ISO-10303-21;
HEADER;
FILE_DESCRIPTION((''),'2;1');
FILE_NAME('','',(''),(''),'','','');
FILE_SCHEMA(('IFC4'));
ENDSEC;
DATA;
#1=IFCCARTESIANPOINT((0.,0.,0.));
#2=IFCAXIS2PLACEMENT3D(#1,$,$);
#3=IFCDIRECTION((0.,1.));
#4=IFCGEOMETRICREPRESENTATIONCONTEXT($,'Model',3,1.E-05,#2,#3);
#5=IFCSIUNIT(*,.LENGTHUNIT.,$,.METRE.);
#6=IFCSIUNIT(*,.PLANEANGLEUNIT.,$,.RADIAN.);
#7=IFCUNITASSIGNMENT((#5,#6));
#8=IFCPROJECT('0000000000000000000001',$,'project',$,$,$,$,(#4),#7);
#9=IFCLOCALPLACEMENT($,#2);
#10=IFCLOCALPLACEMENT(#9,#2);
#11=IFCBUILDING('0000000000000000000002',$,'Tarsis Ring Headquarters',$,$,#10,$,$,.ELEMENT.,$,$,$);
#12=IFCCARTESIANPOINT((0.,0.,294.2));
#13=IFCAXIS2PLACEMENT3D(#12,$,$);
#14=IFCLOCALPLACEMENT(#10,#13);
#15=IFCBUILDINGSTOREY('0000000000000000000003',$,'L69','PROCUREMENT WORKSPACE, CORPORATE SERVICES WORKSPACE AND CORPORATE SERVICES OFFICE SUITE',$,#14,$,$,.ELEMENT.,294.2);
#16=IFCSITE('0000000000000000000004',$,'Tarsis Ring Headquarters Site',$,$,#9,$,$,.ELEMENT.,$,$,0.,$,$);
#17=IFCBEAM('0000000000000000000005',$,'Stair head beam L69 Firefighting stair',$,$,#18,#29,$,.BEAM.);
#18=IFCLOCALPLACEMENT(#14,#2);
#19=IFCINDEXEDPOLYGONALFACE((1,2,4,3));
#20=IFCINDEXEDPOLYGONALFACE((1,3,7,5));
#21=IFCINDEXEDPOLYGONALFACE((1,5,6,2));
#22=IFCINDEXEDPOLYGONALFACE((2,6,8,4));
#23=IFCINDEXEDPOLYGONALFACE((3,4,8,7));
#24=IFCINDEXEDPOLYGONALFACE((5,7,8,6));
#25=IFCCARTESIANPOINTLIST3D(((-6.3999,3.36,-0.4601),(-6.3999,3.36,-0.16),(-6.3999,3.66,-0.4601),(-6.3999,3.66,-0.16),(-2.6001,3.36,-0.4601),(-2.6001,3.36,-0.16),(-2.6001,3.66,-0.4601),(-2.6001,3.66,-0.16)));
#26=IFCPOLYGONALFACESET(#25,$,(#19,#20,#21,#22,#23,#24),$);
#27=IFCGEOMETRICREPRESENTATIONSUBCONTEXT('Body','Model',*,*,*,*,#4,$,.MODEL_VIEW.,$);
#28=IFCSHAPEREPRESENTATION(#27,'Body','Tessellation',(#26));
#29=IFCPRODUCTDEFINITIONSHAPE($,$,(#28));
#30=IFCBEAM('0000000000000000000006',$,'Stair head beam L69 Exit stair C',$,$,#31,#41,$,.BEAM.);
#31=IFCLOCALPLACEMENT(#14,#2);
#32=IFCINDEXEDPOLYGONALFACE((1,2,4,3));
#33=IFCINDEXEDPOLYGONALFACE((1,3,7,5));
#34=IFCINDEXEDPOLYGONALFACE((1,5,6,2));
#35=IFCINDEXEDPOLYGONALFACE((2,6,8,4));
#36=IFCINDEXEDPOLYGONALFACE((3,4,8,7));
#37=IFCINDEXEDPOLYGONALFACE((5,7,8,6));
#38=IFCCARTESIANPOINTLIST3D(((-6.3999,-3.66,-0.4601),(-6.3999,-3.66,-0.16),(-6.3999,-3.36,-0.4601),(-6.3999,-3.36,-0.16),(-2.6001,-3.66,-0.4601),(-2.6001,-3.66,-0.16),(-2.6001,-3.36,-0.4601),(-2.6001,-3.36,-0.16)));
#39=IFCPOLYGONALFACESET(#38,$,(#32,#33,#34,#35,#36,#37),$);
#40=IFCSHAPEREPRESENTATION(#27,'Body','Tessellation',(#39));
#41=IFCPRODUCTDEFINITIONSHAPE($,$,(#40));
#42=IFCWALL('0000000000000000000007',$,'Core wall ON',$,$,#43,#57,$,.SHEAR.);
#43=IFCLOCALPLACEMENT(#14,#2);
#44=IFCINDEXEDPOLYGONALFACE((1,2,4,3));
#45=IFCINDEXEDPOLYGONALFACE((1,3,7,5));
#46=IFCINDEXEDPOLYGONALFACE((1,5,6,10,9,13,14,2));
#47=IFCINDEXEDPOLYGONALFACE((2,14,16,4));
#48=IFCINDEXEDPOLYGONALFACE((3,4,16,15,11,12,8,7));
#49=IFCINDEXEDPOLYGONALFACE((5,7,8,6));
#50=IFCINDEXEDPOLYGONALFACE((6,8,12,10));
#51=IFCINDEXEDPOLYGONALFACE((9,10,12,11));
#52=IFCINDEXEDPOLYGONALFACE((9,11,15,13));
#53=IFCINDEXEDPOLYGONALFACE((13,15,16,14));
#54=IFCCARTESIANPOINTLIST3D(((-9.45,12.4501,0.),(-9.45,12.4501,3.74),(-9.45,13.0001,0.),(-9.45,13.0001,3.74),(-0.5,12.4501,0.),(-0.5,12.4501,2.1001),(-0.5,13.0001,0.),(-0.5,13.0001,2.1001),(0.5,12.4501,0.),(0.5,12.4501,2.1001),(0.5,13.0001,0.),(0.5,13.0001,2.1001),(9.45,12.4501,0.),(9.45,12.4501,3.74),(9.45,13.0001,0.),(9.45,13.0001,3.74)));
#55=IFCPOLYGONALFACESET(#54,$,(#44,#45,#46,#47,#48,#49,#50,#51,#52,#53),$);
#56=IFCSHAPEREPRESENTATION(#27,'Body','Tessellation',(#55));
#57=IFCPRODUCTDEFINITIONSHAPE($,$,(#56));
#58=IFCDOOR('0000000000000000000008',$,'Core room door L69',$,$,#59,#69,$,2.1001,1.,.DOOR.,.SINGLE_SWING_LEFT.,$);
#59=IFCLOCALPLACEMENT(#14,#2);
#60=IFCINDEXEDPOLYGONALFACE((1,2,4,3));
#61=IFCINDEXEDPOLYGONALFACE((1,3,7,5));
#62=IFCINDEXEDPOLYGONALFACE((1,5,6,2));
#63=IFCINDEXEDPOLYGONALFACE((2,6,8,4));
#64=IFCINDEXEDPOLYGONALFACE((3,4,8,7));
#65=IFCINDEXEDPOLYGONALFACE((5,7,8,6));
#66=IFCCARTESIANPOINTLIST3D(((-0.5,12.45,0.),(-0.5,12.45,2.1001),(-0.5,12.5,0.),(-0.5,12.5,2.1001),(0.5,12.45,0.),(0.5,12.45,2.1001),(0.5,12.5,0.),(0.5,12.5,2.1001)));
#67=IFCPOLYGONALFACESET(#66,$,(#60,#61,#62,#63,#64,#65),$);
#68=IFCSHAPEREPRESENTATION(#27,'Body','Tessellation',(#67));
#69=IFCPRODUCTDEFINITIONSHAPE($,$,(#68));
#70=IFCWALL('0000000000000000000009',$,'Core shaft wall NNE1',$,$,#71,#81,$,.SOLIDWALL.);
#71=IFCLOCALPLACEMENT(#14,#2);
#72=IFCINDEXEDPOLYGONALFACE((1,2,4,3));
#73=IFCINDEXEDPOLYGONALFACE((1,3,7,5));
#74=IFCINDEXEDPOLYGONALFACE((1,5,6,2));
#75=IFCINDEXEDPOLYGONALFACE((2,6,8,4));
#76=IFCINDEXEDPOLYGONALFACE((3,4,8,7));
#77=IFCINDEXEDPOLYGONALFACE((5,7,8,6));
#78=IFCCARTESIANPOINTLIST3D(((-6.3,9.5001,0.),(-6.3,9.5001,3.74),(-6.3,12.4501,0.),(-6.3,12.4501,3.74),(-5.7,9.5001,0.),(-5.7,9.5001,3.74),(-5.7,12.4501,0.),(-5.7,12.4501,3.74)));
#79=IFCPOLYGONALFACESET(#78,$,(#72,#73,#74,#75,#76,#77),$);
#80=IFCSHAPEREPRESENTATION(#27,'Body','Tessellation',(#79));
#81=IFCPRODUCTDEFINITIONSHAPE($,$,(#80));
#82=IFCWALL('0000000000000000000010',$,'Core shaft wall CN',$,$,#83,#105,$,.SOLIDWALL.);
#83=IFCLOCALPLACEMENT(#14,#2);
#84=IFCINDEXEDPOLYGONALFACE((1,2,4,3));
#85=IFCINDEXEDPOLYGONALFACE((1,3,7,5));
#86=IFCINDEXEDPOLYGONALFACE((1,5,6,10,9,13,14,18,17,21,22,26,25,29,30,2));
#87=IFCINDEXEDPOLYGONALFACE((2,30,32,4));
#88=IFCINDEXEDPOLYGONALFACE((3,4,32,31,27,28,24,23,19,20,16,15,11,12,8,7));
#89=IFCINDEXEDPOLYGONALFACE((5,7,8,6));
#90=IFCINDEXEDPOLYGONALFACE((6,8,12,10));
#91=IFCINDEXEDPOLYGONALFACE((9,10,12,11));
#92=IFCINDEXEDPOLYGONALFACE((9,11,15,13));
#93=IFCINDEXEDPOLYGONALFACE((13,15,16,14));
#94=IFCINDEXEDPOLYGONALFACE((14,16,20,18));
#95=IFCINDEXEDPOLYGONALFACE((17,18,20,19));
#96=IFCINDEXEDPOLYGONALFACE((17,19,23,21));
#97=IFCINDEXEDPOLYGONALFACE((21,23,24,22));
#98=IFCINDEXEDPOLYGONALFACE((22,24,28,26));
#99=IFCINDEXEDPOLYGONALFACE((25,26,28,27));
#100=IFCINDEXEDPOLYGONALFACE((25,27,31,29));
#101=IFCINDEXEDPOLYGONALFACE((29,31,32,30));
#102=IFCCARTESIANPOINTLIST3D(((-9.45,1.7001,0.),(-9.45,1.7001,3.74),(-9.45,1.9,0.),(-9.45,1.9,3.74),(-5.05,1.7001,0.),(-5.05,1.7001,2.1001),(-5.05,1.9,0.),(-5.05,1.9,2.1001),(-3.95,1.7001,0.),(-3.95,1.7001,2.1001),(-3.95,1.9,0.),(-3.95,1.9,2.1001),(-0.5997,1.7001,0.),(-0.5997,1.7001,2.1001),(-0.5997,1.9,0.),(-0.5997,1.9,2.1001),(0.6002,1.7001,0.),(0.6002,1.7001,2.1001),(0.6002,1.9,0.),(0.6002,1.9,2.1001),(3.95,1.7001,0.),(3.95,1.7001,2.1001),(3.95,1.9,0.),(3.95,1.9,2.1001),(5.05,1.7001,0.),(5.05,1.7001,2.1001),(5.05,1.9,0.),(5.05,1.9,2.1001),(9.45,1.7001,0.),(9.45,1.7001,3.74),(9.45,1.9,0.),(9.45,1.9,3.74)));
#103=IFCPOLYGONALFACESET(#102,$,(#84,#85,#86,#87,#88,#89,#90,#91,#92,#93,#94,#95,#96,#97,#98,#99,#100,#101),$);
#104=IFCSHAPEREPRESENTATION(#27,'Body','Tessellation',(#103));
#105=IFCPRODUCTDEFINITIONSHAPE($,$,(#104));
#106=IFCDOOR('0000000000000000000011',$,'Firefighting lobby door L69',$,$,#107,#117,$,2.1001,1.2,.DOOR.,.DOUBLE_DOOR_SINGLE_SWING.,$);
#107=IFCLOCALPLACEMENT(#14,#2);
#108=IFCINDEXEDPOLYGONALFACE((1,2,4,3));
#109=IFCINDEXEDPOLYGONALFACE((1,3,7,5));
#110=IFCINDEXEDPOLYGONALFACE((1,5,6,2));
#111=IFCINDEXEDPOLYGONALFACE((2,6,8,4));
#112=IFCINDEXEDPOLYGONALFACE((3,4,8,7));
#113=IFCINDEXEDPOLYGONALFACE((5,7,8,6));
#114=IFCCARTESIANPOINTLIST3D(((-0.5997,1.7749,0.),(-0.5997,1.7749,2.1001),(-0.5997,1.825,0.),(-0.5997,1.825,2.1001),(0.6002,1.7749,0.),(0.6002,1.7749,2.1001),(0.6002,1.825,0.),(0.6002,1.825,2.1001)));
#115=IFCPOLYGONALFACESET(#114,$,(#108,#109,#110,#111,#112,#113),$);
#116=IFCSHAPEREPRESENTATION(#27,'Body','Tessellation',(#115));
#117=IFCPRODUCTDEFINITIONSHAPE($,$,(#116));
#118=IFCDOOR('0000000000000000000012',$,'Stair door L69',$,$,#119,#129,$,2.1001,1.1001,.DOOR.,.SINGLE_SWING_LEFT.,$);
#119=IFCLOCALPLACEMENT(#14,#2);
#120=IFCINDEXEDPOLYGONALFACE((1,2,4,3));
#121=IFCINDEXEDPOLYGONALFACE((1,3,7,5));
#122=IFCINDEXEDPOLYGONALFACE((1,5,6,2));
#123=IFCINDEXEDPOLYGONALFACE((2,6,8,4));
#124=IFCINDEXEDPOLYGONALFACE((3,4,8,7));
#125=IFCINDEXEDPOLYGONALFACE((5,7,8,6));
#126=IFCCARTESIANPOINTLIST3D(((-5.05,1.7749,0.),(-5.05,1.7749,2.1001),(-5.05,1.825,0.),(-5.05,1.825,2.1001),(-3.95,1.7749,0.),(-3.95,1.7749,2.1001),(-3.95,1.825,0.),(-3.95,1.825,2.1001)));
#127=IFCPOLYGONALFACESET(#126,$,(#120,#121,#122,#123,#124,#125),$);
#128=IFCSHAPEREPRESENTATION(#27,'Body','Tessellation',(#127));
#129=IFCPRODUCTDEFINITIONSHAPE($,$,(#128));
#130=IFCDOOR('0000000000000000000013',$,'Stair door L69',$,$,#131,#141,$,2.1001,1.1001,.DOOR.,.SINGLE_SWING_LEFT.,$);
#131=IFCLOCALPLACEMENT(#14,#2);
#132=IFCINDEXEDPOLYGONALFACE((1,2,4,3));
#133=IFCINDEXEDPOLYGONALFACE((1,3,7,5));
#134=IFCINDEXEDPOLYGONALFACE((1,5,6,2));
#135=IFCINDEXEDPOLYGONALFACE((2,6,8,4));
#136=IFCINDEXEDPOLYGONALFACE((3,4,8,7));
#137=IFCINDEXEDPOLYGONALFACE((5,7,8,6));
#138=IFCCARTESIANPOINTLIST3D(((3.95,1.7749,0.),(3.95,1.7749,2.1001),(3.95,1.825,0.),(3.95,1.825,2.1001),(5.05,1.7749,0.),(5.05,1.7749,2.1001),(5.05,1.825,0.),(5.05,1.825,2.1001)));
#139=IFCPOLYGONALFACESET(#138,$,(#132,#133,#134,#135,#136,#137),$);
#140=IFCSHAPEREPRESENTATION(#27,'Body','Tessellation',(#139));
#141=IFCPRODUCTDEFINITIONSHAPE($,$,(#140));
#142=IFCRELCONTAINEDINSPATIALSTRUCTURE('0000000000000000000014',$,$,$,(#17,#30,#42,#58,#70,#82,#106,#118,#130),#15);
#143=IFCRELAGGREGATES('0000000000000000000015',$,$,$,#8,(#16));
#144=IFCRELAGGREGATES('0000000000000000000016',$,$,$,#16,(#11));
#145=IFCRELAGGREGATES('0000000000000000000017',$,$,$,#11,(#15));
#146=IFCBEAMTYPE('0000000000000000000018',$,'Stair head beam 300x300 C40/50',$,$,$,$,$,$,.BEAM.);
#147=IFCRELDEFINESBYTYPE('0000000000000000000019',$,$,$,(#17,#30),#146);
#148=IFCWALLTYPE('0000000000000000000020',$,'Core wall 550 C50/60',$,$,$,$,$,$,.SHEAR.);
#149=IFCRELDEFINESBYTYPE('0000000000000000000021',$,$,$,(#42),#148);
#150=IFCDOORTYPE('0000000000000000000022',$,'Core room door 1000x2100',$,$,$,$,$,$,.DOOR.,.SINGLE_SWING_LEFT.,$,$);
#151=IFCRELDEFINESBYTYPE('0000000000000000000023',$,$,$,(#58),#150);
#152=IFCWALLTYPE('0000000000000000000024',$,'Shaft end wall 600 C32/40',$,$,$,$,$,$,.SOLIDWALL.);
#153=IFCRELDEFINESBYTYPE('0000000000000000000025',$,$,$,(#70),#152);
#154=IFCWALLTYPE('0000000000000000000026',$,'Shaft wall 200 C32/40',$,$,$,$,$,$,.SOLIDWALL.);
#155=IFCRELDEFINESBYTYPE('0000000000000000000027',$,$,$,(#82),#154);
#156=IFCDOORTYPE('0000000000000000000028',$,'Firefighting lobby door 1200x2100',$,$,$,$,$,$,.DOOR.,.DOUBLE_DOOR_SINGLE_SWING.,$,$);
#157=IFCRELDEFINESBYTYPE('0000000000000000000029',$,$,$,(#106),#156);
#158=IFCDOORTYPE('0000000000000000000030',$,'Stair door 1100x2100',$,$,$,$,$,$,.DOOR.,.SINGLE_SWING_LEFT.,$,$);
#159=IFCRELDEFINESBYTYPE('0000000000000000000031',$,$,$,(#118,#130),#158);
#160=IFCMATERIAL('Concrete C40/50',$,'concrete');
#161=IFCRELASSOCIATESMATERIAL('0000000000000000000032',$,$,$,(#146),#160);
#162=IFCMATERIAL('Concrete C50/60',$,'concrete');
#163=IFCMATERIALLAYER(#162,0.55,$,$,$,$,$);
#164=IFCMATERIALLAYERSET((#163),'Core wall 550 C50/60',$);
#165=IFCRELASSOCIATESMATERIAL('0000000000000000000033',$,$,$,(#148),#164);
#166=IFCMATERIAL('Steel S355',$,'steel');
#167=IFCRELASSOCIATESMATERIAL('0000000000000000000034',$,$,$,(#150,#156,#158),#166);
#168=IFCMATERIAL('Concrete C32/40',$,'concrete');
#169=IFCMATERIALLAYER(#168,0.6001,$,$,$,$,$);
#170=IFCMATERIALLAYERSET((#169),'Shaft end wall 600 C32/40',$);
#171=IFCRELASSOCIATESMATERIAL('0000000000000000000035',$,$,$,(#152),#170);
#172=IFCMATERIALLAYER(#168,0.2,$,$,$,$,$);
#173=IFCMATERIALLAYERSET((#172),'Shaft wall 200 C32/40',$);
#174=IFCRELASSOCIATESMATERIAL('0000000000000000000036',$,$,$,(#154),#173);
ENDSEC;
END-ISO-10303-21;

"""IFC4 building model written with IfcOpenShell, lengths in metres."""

from ifc_helpers import new_model, si_unit, direction, frame, frame_2d, origin, origin_2d, place, context, subcontext, project, spatial, rectangle, extrude, material, layer, layer_set, material_profile, profile_set, type_object, element, fill, save


model = new_model("IFC4")

# Units and contexts
model_context = context("Model", 3, precision=1e-05, world=origin(), true_north=direction((0.0, 1.0)))
body_context = subcontext(model_context, "Body", "Model", "MODEL_VIEW")
ifc_project = project(units=[si_unit("LENGTHUNIT", "METRE"), si_unit("PLANEANGLEUNIT", "RADIAN")], contexts=[model_context])

# Site, building, storey
site_placement = place(None, origin())
site = spatial("IfcSite", under=ifc_project, at=site_placement, Name="Tarsis Ring Headquarters Site", CompositionType="ELEMENT", RefElevation=0.0)
building_placement = place(site_placement, origin())
building = spatial("IfcBuilding", under=site, at=building_placement, Name="Tarsis Ring Headquarters", CompositionType="ELEMENT")
storey_placement = place(building_placement, frame((0.0, 0.0, 294.2)))
storey = spatial("IfcBuildingStorey", under=building, at=storey_placement, Name="L69", Description="PROCUREMENT WORKSPACE, CORPORATE SERVICES WORKSPACE AND CORPORATE SERVICES OFFICE SUITE", CompositionType="ELEMENT", Elevation=294.2)

# Beams
ifc_material_1 = material(Name="Concrete C40/50", Category="concrete")
ifc_material_profile = material_profile(ifc_material_1, rectangle(XDim=0.3, YDim=0.3, at=origin_2d()), Name="Stair head beam 300x300 C40/50")
ifc_profile_set = profile_set([ifc_material_profile], Name="Concrete C40/50")
beam_type = type_object("IfcBeamType", Name="Stair head beam 300x300 C40/50", PredefinedType="BEAM", material=ifc_profile_set)
for number, where, z_axis, x_axis, name in (
    (1, (-6.3999, 3.51, -0.3101), (1.0, 0.0, 0.0), (0.0, 1.0, 0.0), "Stair head beam L69 Firefighting stair"),
    (2, (-6.3999, -3.51, -0.3101), (1.0, 0.0, 0.0), (0.0, 1.0, 0.0), "Stair head beam L69 Exit stair C"),
):
    element("IfcBeam", number, at=place(storey_placement, frame(where, z_axis=z_axis, x_axis=x_axis)), inside=storey, type_object=beam_type, Name=name, PredefinedType="BEAM", context=body_context, shape_type="SweptSolid", body=[
        extrude(rectangle(XDim=0.3, YDim=0.3, at=origin_2d()), origin(), (0.0, 0.0, 1.0), 3.7998),
    ])

# Wall, opening, door
ifc_material_2 = material(Name="Concrete C50/60", Category="concrete")
ifc_layer_1 = layer(ifc_material_2, 0.55)
ifc_layer_set_1 = layer_set([ifc_layer_1], Name="Core wall 550 C50/60")
wall_type_1 = type_object("IfcWallType", Name="Core wall 550 C50/60", PredefinedType="SHEAR", material=ifc_layer_set_1)
wall_1_placement = place(storey_placement, frame((-9.45, 12.7251, 0.0), z_axis=(0.0, 0.0, 1.0), x_axis=(1.0, 0.0, 0.0)))
wall_1 = element("IfcWall", 3, at=wall_1_placement, inside=storey, type_object=wall_type_1, Name="Core wall ON", PredefinedType="SHEAR", context=body_context, shape_type="SweptSolid", body=[
    extrude(rectangle(XDim=18.8999, YDim=0.55, at=frame_2d((9.45, 0.0))), origin(), (0.0, 0.0, 1.0), 3.74),
])
opening_1_placement = place(wall_1_placement, frame((8.95, 0.0, 0.0)))
opening_1 = element("IfcOpeningElement", 4, at=opening_1_placement, cuts=wall_1, PredefinedType="OPENING", context=body_context, shape_type="SweptSolid", body=[
    extrude(rectangle(XDim=1.0, YDim=2.1001, at=frame_2d((0.5, 1.05))), frame((0.0, 0.2849, 0.0), z_axis=(0.0, -1.0, 0.0), x_axis=(1.0, 0.0, 0.0)), (0.0, 0.0, 1.0), 0.5701),
])
ifc_material_3 = material(Name="Steel S355", Category="steel")
door_type_1 = type_object("IfcDoorType", Name="Core room door 1000x2100", OperationType="SINGLE_SWING_LEFT", PredefinedType="DOOR", material=ifc_material_3)
door_1_placement = place(opening_1_placement, origin())
door_1 = element("IfcDoor", 5, at=door_1_placement, inside=storey, type_object=door_type_1, Name="Core room door L69", OperationType="SINGLE_SWING_LEFT", OverallHeight=2.1001, OverallWidth=1.0, PredefinedType="DOOR", context=body_context, shape_type="SweptSolid", body=[
    extrude(rectangle(XDim=1.0, YDim=2.1001, at=frame_2d((0.5, 1.05))), frame((0.0, -0.2251, 0.0), z_axis=(0.0, -1.0, 0.0), x_axis=(1.0, 0.0, 0.0)), (0.0, 0.0, 1.0), 0.05),
])
fill(opening_1, door_1)

# Wall
ifc_material_4 = material(Name="Concrete C32/40", Category="concrete")
ifc_layer_2 = layer(ifc_material_4, 0.6001)
ifc_layer_set_2 = layer_set([ifc_layer_2], Name="Shaft end wall 600 C32/40")
wall_type_2 = type_object("IfcWallType", Name="Shaft end wall 600 C32/40", PredefinedType="SOLIDWALL", material=ifc_layer_set_2)
wall_2_placement = place(storey_placement, frame((-6.0, 9.5, 0.0), z_axis=(0.0, 0.0, 1.0), x_axis=(0.0, 1.0, 0.0)))
element("IfcWall", 6, at=wall_2_placement, inside=storey, type_object=wall_type_2, Name="Core shaft wall NNE1", PredefinedType="SOLIDWALL", context=body_context, shape_type="SweptSolid", body=[
    extrude(rectangle(XDim=2.95, YDim=0.6001, at=frame_2d((1.4751, 0.0))), origin(), (0.0, 0.0, 1.0), 3.74),
])

# Wall, openings, doors
ifc_layer_3 = layer(ifc_material_4, 0.2)
ifc_layer_set_3 = layer_set([ifc_layer_3], Name="Shaft wall 200 C32/40")
wall_type_3 = type_object("IfcWallType", Name="Shaft wall 200 C32/40", PredefinedType="SOLIDWALL", material=ifc_layer_set_3)
wall_3_placement = place(storey_placement, frame((-9.45, 1.8, 0.0), z_axis=(0.0, 0.0, 1.0), x_axis=(1.0, 0.0, 0.0)))
wall_3 = element("IfcWall", 7, at=wall_3_placement, inside=storey, type_object=wall_type_3, Name="Core shaft wall CN", PredefinedType="SOLIDWALL", context=body_context, shape_type="SweptSolid", body=[
    extrude(rectangle(XDim=18.8999, YDim=0.2, at=frame_2d((9.45, 0.0))), origin(), (0.0, 0.0, 1.0), 3.74),
])
opening_2_placement = place(wall_3_placement, frame((4.3999, 0.0, 0.0)))
opening_2 = element("IfcOpeningElement", 8, at=opening_2_placement, cuts=wall_3, PredefinedType="OPENING", context=body_context, shape_type="SweptSolid", body=[
    extrude(rectangle(XDim=1.1001, YDim=2.1001, at=frame_2d((0.55, 1.05))), frame((0.0, 0.1099, 0.0), z_axis=(0.0, -1.0, 0.0), x_axis=(1.0, 0.0, 0.0)), (0.0, 0.0, 1.0), 0.22),
])
opening_3_placement = place(wall_3_placement, frame((8.8501, 0.0, 0.0)))
opening_3 = element("IfcOpeningElement", 9, at=opening_3_placement, cuts=wall_3, PredefinedType="OPENING", context=body_context, shape_type="SweptSolid", body=[
    extrude(rectangle(XDim=1.2, YDim=2.1001, at=frame_2d((0.6001, 1.05))), frame((0.0, 0.1099, 0.0), z_axis=(0.0, -1.0, 0.0), x_axis=(1.0, 0.0, 0.0)), (0.0, 0.0, 1.0), 0.22),
])
opening_4_placement = place(wall_3_placement, frame((13.3999, 0.0, 0.0)))
opening_4 = element("IfcOpeningElement", 10, at=opening_4_placement, cuts=wall_3, PredefinedType="OPENING", context=body_context, shape_type="SweptSolid", body=[
    extrude(rectangle(XDim=1.1001, YDim=2.1001, at=frame_2d((0.55, 1.05))), frame((0.0, 0.1099, 0.0), z_axis=(0.0, -1.0, 0.0), x_axis=(1.0, 0.0, 0.0)), (0.0, 0.0, 1.0), 0.22),
])
door_type_2 = type_object("IfcDoorType", Name="Firefighting lobby door 1200x2100", OperationType="DOUBLE_DOOR_SINGLE_SWING", PredefinedType="DOOR", material=ifc_material_3)
door_2_placement = place(opening_3_placement, origin())
door_2 = element("IfcDoor", 11, at=door_2_placement, inside=storey, type_object=door_type_2, Name="Firefighting lobby door L69", OperationType="DOUBLE_DOOR_SINGLE_SWING", OverallHeight=2.1001, OverallWidth=1.2, PredefinedType="DOOR", context=body_context, shape_type="SweptSolid", body=[
    extrude(rectangle(XDim=1.2, YDim=2.1001, at=frame_2d((0.6001, 1.05))), frame((0.0, 0.0249, 0.0), z_axis=(0.0, -1.0, 0.0), x_axis=(1.0, 0.0, 0.0)), (0.0, 0.0, 1.0), 0.05),
])
fill(opening_3, door_2)
door_type_3 = type_object("IfcDoorType", Name="Stair door 1100x2100", OperationType="SINGLE_SWING_LEFT", PredefinedType="DOOR", material=ifc_material_3)
door_3_placement = place(opening_2_placement, origin())
door_3 = element("IfcDoor", 12, at=door_3_placement, inside=storey, type_object=door_type_3, Name="Stair door L69", OperationType="SINGLE_SWING_LEFT", OverallHeight=2.1001, OverallWidth=1.1001, PredefinedType="DOOR", context=body_context, shape_type="SweptSolid", body=[
    extrude(rectangle(XDim=1.1001, YDim=2.1001, at=frame_2d((0.55, 1.05))), frame((0.0, 0.0249, 0.0), z_axis=(0.0, -1.0, 0.0), x_axis=(1.0, 0.0, 0.0)), (0.0, 0.0, 1.0), 0.05),
])
fill(opening_2, door_3)
door_4_placement = place(opening_4_placement, origin())
door_4 = element("IfcDoor", 13, at=door_4_placement, inside=storey, type_object=door_type_3, Name="Stair door L69", OperationType="SINGLE_SWING_LEFT", OverallHeight=2.1001, OverallWidth=1.1001, PredefinedType="DOOR", context=body_context, shape_type="SweptSolid", body=[
    extrude(rectangle(XDim=1.1001, YDim=2.1001, at=frame_2d((0.55, 1.05))), frame((0.0, 0.0249, 0.0), z_axis=(0.0, -1.0, 0.0), x_axis=(1.0, 0.0, 0.0)), (0.0, 0.0, 1.0), 0.05),
])
fill(opening_4, door_4)

save(model, "model.ifc")
